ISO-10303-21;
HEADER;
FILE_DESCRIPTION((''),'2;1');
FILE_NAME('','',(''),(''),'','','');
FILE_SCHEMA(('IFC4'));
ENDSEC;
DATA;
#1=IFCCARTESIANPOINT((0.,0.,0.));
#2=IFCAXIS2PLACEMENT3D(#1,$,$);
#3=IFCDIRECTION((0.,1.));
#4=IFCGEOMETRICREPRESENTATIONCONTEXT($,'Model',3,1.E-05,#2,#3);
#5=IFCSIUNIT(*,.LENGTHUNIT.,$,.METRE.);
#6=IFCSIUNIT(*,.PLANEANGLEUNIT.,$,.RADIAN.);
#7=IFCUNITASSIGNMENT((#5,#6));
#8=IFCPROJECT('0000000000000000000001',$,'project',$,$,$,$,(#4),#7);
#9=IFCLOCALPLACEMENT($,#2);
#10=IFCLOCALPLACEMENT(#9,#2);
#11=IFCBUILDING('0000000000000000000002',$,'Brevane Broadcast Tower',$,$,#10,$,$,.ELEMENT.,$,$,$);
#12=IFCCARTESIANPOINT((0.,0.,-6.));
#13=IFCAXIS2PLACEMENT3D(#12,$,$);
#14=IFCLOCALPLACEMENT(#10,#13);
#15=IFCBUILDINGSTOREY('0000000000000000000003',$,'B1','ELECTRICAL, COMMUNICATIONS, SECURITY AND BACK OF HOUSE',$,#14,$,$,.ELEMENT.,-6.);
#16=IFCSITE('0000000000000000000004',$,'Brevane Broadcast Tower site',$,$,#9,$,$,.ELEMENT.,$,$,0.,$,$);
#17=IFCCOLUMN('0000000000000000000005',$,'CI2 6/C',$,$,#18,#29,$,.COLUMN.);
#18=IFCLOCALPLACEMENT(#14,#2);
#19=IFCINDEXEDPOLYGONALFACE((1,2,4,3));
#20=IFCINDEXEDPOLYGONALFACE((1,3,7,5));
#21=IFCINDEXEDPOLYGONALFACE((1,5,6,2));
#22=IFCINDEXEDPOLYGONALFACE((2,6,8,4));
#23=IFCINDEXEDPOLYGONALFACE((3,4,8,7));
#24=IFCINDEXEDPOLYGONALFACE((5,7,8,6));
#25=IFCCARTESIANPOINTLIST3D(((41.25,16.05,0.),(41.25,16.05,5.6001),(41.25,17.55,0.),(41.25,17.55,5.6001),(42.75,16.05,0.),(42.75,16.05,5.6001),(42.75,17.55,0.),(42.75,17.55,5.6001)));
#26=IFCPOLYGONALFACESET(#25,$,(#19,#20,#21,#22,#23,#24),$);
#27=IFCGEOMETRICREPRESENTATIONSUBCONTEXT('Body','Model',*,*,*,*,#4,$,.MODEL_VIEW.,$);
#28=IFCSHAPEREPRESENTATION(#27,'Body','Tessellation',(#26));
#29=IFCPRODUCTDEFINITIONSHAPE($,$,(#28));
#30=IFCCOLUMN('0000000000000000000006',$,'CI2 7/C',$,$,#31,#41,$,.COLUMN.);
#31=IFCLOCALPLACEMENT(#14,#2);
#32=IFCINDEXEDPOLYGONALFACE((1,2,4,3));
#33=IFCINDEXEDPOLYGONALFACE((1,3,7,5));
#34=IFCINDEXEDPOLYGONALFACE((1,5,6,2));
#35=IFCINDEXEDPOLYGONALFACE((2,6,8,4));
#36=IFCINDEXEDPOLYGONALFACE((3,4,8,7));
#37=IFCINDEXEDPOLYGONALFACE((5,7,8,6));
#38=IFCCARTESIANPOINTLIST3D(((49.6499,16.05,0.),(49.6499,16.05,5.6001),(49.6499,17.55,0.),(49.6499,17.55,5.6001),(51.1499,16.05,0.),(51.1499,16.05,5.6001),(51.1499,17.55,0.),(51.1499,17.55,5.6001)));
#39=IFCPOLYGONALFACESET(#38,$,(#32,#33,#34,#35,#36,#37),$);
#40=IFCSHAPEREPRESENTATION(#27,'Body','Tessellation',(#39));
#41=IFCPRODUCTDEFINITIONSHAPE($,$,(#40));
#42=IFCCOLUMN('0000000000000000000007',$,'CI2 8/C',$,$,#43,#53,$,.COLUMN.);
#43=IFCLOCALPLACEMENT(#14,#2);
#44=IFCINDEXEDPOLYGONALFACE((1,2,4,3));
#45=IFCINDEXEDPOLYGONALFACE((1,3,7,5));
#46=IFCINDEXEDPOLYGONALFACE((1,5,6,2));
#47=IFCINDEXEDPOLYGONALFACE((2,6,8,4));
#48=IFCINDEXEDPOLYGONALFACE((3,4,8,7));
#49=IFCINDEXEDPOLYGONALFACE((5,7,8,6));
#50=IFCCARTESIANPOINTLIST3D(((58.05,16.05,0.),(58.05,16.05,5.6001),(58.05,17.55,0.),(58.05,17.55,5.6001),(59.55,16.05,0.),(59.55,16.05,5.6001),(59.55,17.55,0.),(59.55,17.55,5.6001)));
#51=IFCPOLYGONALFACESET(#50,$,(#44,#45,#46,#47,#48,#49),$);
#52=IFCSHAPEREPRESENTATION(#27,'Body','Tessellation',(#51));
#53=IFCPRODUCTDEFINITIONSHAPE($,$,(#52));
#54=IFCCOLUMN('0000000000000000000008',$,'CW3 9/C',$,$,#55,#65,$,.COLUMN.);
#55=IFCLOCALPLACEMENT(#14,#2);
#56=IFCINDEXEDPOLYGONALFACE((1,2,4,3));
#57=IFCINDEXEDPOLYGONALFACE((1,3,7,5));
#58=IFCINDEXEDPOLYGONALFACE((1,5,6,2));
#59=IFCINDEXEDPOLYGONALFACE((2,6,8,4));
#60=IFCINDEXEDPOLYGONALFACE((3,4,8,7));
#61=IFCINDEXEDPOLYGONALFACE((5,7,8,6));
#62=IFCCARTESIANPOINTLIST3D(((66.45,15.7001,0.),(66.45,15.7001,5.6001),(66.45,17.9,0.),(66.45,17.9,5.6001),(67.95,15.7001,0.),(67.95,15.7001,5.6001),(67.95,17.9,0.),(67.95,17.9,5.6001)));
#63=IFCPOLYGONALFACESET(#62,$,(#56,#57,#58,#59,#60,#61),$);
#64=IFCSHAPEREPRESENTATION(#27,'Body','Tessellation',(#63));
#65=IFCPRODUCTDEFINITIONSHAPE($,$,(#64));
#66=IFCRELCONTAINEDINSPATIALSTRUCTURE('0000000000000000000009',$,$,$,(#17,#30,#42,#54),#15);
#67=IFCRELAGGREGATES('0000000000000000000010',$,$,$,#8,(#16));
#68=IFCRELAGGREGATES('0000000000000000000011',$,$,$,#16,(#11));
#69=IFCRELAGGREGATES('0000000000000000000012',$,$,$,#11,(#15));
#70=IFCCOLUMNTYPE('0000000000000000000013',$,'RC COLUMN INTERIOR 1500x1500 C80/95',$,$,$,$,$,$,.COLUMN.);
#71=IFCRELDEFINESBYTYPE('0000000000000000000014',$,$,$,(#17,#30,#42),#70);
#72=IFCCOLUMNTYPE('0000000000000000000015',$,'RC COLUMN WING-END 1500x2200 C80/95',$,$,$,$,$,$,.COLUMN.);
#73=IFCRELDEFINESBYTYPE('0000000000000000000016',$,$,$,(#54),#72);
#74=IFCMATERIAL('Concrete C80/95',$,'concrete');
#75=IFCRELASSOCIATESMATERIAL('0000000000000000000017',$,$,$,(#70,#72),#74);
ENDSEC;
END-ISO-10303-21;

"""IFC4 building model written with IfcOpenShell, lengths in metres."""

from ifc_helpers import new_model, si_unit, direction, frame, origin, origin_2d, place, context, subcontext, project, spatial, rectangle, extrude, material, material_profile, profile_set, type_object, element, save


model = new_model("IFC4")

# Units and contexts
model_context = context("Model", 3, precision=1e-05, world=origin(), true_north=direction((0.0, 1.0)))
body_context = subcontext(model_context, "Body", "Model", "MODEL_VIEW")
ifc_project = project(units=[si_unit("LENGTHUNIT", "METRE"), si_unit("PLANEANGLEUNIT", "RADIAN")], contexts=[model_context])

# Site, building, storey
site_placement = place(None, origin())
site = spatial("IfcSite", under=ifc_project, at=site_placement, Name="Brevane Broadcast Tower site", CompositionType="ELEMENT", RefElevation=0.0)
building_placement = place(site_placement, origin())
building = spatial("IfcBuilding", under=site, at=building_placement, Name="Brevane Broadcast Tower", CompositionType="ELEMENT")
storey_placement = place(building_placement, frame((0.0, 0.0, -6.0)))
storey = spatial("IfcBuildingStorey", under=building, at=storey_placement, Name="B1", Description="ELECTRICAL, COMMUNICATIONS, SECURITY AND BACK OF HOUSE", CompositionType="ELEMENT", Elevation=-6.0)

# Columns
ifc_material_1 = material(Name="Concrete C80/95", Category="concrete")
ifc_material_profile_1 = material_profile(ifc_material_1, rectangle(XDim=1.5, YDim=1.5, at=origin_2d()), Name="RC 1500x1500")
ifc_profile_set_1 = profile_set([ifc_material_profile_1], Name="Concrete C80/95")
column_type_1 = type_object("IfcColumnType", Name="RC COLUMN INTERIOR 1500x1500 C80/95", PredefinedType="COLUMN", material=ifc_profile_set_1)
for number, where, z_axis, x_axis, name in (
    (1, (42.0, 16.8, 0.0), (0.0, 0.0, 1.0), (1.0, 0.0, 0.0), "CI2 6/C"),
    (2, (50.3999, 16.8, 0.0), (0.0, 0.0, 1.0), (1.0, 0.0, 0.0), "CI2 7/C"),
    (3, (58.8, 16.8, 0.0), (0.0, 0.0, 1.0), (1.0, 0.0, 0.0), "CI2 8/C"),
):
    element("IfcColumn", number, at=place(storey_placement, frame(where, z_axis=z_axis, x_axis=x_axis)), inside=storey, type_object=column_type_1, Name=name, PredefinedType="COLUMN", context=body_context, shape_type="SweptSolid", body=[
        extrude(rectangle(XDim=1.5, YDim=1.5, at=origin_2d()), origin(), (0.0, 0.0, 1.0), 5.6001),
    ])
ifc_material_profile_2 = material_profile(ifc_material_1, rectangle(XDim=1.5, YDim=2.2, at=origin_2d()), Name="RC 1500x2200")
ifc_profile_set_2 = profile_set([ifc_material_profile_2], Name="Concrete C80/95")
column_type_2 = type_object("IfcColumnType", Name="RC COLUMN WING-END 1500x2200 C80/95", PredefinedType="COLUMN", material=ifc_profile_set_2)
column_placement = place(storey_placement, frame((67.2, 16.8, 0.0), z_axis=(0.0, 0.0, 1.0), x_axis=(1.0, 0.0, 0.0)))
element("IfcColumn", 4, at=column_placement, inside=storey, type_object=column_type_2, Name="CW3 9/C", PredefinedType="COLUMN", context=body_context, shape_type="SweptSolid", body=[
    extrude(rectangle(XDim=1.5, YDim=2.2, at=origin_2d()), origin(), (0.0, 0.0, 1.0), 5.6001),
])

save(model, "model.ifc")
